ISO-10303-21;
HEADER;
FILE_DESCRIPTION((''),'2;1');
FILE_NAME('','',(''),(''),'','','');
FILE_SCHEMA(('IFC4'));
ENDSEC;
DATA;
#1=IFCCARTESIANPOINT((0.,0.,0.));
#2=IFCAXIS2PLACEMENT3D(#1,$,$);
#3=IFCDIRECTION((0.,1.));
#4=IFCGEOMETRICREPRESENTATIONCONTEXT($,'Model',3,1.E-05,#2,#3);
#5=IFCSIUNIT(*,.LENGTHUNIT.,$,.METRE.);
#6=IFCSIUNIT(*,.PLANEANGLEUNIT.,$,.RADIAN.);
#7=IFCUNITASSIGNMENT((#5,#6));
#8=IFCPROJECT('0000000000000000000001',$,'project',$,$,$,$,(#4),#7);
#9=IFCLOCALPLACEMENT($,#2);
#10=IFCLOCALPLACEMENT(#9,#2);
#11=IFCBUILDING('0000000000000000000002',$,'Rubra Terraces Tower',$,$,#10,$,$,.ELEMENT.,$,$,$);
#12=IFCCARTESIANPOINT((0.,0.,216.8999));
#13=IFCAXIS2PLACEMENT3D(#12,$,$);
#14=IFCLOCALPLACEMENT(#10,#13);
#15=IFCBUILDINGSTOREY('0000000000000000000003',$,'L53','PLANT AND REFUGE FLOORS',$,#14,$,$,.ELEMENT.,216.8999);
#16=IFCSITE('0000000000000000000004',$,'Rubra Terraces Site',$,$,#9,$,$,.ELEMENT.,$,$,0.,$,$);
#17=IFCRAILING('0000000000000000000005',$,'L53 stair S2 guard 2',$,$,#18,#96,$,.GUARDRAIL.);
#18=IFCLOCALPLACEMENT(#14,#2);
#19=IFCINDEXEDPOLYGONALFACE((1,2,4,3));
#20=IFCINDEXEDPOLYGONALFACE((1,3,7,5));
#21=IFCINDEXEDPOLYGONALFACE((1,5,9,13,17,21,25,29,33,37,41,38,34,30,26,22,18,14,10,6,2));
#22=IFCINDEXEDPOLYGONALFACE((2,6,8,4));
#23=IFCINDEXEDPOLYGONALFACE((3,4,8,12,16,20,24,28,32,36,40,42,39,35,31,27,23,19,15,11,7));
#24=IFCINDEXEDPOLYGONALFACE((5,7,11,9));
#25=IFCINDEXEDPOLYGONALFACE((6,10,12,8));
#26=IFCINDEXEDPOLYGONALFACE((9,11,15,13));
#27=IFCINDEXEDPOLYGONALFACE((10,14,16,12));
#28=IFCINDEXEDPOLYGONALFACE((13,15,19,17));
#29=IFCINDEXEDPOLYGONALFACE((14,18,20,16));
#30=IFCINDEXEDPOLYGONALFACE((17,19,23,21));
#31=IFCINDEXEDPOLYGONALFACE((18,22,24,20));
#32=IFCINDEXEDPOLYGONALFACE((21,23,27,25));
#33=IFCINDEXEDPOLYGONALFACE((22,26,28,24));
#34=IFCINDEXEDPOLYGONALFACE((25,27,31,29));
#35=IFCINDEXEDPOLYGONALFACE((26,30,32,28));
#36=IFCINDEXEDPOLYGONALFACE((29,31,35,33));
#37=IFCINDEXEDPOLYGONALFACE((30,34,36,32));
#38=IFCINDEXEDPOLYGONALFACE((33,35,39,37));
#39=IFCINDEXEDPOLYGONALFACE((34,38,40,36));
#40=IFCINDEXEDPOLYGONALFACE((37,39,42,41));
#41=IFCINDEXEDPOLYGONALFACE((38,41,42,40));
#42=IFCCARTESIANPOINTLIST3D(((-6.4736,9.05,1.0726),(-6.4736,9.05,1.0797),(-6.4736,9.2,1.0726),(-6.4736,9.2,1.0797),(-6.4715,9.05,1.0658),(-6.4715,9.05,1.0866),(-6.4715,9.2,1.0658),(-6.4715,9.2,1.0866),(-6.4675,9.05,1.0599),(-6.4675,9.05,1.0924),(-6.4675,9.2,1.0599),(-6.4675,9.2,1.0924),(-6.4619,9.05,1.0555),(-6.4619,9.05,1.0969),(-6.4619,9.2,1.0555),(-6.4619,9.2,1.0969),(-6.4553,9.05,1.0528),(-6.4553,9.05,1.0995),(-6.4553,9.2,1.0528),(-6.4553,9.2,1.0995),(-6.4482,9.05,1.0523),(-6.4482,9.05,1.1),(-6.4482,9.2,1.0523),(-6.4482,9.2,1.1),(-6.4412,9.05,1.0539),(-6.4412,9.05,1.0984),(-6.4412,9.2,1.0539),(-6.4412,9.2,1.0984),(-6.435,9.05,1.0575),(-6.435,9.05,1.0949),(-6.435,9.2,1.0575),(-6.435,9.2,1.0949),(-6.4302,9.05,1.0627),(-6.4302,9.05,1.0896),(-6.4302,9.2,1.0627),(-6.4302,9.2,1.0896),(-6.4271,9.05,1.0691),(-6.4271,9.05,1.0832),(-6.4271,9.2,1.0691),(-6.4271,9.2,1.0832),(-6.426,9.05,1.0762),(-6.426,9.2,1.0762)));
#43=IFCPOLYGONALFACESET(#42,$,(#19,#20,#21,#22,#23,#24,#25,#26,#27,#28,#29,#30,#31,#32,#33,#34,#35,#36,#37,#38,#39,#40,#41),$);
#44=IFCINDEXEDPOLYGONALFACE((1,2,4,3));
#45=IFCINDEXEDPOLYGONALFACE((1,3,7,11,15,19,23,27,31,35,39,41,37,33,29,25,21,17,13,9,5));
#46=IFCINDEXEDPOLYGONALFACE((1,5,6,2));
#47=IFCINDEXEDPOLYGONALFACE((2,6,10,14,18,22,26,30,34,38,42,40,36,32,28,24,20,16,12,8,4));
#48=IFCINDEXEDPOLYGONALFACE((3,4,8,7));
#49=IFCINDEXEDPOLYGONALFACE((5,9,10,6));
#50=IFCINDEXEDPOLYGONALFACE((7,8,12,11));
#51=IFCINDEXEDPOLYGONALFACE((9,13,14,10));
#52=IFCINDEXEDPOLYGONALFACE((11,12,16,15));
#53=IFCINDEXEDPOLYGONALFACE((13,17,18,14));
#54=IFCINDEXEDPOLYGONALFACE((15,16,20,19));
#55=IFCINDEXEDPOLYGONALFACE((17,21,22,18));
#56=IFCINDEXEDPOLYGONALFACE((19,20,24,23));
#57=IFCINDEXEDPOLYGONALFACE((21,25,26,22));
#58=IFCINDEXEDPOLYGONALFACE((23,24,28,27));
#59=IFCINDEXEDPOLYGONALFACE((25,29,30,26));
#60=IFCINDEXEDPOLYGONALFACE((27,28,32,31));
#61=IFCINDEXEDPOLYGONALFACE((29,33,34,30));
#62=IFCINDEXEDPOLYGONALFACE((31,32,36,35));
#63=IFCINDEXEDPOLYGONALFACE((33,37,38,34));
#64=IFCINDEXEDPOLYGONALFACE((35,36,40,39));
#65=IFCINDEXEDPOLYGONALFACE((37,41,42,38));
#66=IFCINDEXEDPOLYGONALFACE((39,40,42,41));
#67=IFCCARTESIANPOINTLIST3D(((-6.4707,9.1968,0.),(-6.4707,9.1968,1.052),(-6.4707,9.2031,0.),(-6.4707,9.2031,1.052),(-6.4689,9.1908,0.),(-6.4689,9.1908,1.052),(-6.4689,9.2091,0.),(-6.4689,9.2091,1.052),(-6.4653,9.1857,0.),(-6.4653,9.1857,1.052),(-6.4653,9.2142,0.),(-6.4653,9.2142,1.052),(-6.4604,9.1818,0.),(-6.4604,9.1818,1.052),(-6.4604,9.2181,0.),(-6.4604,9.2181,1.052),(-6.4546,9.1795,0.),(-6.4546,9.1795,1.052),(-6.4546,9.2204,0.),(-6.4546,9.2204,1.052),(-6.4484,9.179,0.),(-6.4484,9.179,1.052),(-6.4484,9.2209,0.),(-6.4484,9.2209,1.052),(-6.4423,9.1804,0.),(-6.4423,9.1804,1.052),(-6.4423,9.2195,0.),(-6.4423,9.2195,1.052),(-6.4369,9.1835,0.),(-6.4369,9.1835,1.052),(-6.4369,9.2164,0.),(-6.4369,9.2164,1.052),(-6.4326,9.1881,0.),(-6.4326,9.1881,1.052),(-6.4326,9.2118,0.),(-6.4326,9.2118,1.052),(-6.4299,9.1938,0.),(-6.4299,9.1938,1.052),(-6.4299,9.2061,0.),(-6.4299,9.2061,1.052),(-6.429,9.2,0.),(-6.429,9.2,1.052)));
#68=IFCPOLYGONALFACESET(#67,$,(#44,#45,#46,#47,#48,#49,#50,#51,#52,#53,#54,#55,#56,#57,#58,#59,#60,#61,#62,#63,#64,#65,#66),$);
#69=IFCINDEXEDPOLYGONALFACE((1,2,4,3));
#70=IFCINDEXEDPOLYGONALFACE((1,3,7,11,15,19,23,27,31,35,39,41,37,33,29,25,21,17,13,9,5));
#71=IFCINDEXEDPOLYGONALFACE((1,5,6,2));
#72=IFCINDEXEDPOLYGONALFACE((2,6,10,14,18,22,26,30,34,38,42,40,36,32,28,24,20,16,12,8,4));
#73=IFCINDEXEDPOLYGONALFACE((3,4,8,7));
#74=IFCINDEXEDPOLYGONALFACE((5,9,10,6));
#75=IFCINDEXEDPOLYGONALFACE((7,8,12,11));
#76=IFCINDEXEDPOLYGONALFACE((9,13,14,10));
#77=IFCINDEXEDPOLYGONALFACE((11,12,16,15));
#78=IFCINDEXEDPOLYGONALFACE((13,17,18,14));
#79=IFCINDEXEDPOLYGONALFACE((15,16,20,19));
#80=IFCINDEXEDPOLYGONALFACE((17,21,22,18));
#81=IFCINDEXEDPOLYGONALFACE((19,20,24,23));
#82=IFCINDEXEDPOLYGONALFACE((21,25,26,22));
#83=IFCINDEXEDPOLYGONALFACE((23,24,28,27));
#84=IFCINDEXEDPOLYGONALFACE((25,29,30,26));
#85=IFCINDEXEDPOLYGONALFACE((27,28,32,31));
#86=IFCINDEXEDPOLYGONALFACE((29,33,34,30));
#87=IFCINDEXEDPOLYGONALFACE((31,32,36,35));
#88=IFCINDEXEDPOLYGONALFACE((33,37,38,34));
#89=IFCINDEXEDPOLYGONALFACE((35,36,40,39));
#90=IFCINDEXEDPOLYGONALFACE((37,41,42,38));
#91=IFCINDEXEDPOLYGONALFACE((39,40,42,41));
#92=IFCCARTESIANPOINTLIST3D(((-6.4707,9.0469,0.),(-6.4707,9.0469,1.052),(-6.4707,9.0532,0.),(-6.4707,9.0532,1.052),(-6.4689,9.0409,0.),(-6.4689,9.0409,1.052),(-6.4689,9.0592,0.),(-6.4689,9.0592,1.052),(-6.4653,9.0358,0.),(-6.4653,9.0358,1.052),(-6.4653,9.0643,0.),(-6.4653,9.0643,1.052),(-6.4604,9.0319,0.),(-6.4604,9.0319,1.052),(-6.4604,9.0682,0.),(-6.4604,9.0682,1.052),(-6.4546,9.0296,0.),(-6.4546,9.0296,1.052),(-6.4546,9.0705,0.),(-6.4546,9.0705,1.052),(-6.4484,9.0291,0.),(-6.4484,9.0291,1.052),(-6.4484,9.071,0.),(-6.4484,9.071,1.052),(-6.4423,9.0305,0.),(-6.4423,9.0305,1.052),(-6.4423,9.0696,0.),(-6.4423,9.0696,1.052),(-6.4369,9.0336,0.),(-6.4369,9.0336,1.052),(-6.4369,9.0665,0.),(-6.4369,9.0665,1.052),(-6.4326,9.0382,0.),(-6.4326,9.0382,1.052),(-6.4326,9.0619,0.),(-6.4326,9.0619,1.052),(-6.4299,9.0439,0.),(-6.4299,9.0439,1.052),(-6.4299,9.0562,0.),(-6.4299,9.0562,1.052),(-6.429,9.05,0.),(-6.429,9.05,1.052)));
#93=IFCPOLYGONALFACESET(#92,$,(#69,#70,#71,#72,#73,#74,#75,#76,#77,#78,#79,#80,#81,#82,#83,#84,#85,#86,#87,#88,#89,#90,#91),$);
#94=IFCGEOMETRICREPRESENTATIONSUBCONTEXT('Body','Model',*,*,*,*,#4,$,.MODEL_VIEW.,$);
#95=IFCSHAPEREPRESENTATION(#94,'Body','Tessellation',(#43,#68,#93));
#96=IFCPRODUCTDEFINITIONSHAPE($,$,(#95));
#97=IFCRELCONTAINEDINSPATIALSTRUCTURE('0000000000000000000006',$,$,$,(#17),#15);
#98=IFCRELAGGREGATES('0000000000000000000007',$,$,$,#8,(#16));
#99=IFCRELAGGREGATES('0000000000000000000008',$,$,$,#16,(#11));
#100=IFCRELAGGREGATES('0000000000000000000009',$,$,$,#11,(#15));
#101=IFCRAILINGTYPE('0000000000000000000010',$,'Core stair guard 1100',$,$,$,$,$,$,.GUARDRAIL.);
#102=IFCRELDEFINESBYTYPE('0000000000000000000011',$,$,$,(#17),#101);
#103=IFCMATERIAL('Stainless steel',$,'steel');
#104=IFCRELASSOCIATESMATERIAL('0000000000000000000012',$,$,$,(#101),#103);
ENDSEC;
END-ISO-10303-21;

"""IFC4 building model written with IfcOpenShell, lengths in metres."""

from ifc_helpers import new_model, si_unit, direction, frame, origin, origin_2d, place, context, subcontext, project, spatial, circle, extrude, material, type_object, element, save


model = new_model("IFC4")

# Units and contexts
model_context = context("Model", 3, precision=1e-05, world=origin(), true_north=direction((0.0, 1.0)))
body_context = subcontext(model_context, "Body", "Model", "MODEL_VIEW")
ifc_project = project(units=[si_unit("LENGTHUNIT", "METRE"), si_unit("PLANEANGLEUNIT", "RADIAN")], contexts=[model_context])

# Site, building, storey
site_placement = place(None, origin())
site = spatial("IfcSite", under=ifc_project, at=site_placement, Name="Rubra Terraces Site", CompositionType="ELEMENT", RefElevation=0.0)
building_placement = place(site_placement, origin())
building = spatial("IfcBuilding", under=site, at=building_placement, Name="Rubra Terraces Tower", CompositionType="ELEMENT")
storey_placement = place(building_placement, frame((0.0, 0.0, 216.8999)))
storey = spatial("IfcBuildingStorey", under=building, at=storey_placement, Name="L53", Description="PLANT AND REFUGE FLOORS", CompositionType="ELEMENT", Elevation=216.8999)

# Railing
ifc_material_1 = material(Name="Stainless steel", Category="steel")
railing_type_1 = type_object("IfcRailingType", Name="Core stair guard 1100", PredefinedType="GUARDRAIL", material=ifc_material_1)
railing_1_placement = place(storey_placement, frame((-6.45, 9.2, 0.0)))
element("IfcRailing", 1, at=railing_1_placement, inside=storey, type_object=railing_type_1, Name="L53 stair S2 guard 2", PredefinedType="GUARDRAIL", context=body_context, shape_type="SweptSolid", body=[
    extrude(circle(Radius=0.0239, at=origin_2d()), frame((0.0, 0.0, 1.0762), z_axis=(0.0, -1.0, 0.0), x_axis=(1.0, 0.0, 0.0)), (0.0, 0.0, 1.0), 0.1499),
    extrude(circle(Radius=0.021, at=origin_2d()), origin(), (0.0, 0.0, 1.0), 1.052),
    extrude(circle(Radius=0.021, at=origin_2d()), frame((0.0, -0.1499, 0.0)), (0.0, 0.0, 1.0), 1.052),
])

save(model, "model.ifc")
